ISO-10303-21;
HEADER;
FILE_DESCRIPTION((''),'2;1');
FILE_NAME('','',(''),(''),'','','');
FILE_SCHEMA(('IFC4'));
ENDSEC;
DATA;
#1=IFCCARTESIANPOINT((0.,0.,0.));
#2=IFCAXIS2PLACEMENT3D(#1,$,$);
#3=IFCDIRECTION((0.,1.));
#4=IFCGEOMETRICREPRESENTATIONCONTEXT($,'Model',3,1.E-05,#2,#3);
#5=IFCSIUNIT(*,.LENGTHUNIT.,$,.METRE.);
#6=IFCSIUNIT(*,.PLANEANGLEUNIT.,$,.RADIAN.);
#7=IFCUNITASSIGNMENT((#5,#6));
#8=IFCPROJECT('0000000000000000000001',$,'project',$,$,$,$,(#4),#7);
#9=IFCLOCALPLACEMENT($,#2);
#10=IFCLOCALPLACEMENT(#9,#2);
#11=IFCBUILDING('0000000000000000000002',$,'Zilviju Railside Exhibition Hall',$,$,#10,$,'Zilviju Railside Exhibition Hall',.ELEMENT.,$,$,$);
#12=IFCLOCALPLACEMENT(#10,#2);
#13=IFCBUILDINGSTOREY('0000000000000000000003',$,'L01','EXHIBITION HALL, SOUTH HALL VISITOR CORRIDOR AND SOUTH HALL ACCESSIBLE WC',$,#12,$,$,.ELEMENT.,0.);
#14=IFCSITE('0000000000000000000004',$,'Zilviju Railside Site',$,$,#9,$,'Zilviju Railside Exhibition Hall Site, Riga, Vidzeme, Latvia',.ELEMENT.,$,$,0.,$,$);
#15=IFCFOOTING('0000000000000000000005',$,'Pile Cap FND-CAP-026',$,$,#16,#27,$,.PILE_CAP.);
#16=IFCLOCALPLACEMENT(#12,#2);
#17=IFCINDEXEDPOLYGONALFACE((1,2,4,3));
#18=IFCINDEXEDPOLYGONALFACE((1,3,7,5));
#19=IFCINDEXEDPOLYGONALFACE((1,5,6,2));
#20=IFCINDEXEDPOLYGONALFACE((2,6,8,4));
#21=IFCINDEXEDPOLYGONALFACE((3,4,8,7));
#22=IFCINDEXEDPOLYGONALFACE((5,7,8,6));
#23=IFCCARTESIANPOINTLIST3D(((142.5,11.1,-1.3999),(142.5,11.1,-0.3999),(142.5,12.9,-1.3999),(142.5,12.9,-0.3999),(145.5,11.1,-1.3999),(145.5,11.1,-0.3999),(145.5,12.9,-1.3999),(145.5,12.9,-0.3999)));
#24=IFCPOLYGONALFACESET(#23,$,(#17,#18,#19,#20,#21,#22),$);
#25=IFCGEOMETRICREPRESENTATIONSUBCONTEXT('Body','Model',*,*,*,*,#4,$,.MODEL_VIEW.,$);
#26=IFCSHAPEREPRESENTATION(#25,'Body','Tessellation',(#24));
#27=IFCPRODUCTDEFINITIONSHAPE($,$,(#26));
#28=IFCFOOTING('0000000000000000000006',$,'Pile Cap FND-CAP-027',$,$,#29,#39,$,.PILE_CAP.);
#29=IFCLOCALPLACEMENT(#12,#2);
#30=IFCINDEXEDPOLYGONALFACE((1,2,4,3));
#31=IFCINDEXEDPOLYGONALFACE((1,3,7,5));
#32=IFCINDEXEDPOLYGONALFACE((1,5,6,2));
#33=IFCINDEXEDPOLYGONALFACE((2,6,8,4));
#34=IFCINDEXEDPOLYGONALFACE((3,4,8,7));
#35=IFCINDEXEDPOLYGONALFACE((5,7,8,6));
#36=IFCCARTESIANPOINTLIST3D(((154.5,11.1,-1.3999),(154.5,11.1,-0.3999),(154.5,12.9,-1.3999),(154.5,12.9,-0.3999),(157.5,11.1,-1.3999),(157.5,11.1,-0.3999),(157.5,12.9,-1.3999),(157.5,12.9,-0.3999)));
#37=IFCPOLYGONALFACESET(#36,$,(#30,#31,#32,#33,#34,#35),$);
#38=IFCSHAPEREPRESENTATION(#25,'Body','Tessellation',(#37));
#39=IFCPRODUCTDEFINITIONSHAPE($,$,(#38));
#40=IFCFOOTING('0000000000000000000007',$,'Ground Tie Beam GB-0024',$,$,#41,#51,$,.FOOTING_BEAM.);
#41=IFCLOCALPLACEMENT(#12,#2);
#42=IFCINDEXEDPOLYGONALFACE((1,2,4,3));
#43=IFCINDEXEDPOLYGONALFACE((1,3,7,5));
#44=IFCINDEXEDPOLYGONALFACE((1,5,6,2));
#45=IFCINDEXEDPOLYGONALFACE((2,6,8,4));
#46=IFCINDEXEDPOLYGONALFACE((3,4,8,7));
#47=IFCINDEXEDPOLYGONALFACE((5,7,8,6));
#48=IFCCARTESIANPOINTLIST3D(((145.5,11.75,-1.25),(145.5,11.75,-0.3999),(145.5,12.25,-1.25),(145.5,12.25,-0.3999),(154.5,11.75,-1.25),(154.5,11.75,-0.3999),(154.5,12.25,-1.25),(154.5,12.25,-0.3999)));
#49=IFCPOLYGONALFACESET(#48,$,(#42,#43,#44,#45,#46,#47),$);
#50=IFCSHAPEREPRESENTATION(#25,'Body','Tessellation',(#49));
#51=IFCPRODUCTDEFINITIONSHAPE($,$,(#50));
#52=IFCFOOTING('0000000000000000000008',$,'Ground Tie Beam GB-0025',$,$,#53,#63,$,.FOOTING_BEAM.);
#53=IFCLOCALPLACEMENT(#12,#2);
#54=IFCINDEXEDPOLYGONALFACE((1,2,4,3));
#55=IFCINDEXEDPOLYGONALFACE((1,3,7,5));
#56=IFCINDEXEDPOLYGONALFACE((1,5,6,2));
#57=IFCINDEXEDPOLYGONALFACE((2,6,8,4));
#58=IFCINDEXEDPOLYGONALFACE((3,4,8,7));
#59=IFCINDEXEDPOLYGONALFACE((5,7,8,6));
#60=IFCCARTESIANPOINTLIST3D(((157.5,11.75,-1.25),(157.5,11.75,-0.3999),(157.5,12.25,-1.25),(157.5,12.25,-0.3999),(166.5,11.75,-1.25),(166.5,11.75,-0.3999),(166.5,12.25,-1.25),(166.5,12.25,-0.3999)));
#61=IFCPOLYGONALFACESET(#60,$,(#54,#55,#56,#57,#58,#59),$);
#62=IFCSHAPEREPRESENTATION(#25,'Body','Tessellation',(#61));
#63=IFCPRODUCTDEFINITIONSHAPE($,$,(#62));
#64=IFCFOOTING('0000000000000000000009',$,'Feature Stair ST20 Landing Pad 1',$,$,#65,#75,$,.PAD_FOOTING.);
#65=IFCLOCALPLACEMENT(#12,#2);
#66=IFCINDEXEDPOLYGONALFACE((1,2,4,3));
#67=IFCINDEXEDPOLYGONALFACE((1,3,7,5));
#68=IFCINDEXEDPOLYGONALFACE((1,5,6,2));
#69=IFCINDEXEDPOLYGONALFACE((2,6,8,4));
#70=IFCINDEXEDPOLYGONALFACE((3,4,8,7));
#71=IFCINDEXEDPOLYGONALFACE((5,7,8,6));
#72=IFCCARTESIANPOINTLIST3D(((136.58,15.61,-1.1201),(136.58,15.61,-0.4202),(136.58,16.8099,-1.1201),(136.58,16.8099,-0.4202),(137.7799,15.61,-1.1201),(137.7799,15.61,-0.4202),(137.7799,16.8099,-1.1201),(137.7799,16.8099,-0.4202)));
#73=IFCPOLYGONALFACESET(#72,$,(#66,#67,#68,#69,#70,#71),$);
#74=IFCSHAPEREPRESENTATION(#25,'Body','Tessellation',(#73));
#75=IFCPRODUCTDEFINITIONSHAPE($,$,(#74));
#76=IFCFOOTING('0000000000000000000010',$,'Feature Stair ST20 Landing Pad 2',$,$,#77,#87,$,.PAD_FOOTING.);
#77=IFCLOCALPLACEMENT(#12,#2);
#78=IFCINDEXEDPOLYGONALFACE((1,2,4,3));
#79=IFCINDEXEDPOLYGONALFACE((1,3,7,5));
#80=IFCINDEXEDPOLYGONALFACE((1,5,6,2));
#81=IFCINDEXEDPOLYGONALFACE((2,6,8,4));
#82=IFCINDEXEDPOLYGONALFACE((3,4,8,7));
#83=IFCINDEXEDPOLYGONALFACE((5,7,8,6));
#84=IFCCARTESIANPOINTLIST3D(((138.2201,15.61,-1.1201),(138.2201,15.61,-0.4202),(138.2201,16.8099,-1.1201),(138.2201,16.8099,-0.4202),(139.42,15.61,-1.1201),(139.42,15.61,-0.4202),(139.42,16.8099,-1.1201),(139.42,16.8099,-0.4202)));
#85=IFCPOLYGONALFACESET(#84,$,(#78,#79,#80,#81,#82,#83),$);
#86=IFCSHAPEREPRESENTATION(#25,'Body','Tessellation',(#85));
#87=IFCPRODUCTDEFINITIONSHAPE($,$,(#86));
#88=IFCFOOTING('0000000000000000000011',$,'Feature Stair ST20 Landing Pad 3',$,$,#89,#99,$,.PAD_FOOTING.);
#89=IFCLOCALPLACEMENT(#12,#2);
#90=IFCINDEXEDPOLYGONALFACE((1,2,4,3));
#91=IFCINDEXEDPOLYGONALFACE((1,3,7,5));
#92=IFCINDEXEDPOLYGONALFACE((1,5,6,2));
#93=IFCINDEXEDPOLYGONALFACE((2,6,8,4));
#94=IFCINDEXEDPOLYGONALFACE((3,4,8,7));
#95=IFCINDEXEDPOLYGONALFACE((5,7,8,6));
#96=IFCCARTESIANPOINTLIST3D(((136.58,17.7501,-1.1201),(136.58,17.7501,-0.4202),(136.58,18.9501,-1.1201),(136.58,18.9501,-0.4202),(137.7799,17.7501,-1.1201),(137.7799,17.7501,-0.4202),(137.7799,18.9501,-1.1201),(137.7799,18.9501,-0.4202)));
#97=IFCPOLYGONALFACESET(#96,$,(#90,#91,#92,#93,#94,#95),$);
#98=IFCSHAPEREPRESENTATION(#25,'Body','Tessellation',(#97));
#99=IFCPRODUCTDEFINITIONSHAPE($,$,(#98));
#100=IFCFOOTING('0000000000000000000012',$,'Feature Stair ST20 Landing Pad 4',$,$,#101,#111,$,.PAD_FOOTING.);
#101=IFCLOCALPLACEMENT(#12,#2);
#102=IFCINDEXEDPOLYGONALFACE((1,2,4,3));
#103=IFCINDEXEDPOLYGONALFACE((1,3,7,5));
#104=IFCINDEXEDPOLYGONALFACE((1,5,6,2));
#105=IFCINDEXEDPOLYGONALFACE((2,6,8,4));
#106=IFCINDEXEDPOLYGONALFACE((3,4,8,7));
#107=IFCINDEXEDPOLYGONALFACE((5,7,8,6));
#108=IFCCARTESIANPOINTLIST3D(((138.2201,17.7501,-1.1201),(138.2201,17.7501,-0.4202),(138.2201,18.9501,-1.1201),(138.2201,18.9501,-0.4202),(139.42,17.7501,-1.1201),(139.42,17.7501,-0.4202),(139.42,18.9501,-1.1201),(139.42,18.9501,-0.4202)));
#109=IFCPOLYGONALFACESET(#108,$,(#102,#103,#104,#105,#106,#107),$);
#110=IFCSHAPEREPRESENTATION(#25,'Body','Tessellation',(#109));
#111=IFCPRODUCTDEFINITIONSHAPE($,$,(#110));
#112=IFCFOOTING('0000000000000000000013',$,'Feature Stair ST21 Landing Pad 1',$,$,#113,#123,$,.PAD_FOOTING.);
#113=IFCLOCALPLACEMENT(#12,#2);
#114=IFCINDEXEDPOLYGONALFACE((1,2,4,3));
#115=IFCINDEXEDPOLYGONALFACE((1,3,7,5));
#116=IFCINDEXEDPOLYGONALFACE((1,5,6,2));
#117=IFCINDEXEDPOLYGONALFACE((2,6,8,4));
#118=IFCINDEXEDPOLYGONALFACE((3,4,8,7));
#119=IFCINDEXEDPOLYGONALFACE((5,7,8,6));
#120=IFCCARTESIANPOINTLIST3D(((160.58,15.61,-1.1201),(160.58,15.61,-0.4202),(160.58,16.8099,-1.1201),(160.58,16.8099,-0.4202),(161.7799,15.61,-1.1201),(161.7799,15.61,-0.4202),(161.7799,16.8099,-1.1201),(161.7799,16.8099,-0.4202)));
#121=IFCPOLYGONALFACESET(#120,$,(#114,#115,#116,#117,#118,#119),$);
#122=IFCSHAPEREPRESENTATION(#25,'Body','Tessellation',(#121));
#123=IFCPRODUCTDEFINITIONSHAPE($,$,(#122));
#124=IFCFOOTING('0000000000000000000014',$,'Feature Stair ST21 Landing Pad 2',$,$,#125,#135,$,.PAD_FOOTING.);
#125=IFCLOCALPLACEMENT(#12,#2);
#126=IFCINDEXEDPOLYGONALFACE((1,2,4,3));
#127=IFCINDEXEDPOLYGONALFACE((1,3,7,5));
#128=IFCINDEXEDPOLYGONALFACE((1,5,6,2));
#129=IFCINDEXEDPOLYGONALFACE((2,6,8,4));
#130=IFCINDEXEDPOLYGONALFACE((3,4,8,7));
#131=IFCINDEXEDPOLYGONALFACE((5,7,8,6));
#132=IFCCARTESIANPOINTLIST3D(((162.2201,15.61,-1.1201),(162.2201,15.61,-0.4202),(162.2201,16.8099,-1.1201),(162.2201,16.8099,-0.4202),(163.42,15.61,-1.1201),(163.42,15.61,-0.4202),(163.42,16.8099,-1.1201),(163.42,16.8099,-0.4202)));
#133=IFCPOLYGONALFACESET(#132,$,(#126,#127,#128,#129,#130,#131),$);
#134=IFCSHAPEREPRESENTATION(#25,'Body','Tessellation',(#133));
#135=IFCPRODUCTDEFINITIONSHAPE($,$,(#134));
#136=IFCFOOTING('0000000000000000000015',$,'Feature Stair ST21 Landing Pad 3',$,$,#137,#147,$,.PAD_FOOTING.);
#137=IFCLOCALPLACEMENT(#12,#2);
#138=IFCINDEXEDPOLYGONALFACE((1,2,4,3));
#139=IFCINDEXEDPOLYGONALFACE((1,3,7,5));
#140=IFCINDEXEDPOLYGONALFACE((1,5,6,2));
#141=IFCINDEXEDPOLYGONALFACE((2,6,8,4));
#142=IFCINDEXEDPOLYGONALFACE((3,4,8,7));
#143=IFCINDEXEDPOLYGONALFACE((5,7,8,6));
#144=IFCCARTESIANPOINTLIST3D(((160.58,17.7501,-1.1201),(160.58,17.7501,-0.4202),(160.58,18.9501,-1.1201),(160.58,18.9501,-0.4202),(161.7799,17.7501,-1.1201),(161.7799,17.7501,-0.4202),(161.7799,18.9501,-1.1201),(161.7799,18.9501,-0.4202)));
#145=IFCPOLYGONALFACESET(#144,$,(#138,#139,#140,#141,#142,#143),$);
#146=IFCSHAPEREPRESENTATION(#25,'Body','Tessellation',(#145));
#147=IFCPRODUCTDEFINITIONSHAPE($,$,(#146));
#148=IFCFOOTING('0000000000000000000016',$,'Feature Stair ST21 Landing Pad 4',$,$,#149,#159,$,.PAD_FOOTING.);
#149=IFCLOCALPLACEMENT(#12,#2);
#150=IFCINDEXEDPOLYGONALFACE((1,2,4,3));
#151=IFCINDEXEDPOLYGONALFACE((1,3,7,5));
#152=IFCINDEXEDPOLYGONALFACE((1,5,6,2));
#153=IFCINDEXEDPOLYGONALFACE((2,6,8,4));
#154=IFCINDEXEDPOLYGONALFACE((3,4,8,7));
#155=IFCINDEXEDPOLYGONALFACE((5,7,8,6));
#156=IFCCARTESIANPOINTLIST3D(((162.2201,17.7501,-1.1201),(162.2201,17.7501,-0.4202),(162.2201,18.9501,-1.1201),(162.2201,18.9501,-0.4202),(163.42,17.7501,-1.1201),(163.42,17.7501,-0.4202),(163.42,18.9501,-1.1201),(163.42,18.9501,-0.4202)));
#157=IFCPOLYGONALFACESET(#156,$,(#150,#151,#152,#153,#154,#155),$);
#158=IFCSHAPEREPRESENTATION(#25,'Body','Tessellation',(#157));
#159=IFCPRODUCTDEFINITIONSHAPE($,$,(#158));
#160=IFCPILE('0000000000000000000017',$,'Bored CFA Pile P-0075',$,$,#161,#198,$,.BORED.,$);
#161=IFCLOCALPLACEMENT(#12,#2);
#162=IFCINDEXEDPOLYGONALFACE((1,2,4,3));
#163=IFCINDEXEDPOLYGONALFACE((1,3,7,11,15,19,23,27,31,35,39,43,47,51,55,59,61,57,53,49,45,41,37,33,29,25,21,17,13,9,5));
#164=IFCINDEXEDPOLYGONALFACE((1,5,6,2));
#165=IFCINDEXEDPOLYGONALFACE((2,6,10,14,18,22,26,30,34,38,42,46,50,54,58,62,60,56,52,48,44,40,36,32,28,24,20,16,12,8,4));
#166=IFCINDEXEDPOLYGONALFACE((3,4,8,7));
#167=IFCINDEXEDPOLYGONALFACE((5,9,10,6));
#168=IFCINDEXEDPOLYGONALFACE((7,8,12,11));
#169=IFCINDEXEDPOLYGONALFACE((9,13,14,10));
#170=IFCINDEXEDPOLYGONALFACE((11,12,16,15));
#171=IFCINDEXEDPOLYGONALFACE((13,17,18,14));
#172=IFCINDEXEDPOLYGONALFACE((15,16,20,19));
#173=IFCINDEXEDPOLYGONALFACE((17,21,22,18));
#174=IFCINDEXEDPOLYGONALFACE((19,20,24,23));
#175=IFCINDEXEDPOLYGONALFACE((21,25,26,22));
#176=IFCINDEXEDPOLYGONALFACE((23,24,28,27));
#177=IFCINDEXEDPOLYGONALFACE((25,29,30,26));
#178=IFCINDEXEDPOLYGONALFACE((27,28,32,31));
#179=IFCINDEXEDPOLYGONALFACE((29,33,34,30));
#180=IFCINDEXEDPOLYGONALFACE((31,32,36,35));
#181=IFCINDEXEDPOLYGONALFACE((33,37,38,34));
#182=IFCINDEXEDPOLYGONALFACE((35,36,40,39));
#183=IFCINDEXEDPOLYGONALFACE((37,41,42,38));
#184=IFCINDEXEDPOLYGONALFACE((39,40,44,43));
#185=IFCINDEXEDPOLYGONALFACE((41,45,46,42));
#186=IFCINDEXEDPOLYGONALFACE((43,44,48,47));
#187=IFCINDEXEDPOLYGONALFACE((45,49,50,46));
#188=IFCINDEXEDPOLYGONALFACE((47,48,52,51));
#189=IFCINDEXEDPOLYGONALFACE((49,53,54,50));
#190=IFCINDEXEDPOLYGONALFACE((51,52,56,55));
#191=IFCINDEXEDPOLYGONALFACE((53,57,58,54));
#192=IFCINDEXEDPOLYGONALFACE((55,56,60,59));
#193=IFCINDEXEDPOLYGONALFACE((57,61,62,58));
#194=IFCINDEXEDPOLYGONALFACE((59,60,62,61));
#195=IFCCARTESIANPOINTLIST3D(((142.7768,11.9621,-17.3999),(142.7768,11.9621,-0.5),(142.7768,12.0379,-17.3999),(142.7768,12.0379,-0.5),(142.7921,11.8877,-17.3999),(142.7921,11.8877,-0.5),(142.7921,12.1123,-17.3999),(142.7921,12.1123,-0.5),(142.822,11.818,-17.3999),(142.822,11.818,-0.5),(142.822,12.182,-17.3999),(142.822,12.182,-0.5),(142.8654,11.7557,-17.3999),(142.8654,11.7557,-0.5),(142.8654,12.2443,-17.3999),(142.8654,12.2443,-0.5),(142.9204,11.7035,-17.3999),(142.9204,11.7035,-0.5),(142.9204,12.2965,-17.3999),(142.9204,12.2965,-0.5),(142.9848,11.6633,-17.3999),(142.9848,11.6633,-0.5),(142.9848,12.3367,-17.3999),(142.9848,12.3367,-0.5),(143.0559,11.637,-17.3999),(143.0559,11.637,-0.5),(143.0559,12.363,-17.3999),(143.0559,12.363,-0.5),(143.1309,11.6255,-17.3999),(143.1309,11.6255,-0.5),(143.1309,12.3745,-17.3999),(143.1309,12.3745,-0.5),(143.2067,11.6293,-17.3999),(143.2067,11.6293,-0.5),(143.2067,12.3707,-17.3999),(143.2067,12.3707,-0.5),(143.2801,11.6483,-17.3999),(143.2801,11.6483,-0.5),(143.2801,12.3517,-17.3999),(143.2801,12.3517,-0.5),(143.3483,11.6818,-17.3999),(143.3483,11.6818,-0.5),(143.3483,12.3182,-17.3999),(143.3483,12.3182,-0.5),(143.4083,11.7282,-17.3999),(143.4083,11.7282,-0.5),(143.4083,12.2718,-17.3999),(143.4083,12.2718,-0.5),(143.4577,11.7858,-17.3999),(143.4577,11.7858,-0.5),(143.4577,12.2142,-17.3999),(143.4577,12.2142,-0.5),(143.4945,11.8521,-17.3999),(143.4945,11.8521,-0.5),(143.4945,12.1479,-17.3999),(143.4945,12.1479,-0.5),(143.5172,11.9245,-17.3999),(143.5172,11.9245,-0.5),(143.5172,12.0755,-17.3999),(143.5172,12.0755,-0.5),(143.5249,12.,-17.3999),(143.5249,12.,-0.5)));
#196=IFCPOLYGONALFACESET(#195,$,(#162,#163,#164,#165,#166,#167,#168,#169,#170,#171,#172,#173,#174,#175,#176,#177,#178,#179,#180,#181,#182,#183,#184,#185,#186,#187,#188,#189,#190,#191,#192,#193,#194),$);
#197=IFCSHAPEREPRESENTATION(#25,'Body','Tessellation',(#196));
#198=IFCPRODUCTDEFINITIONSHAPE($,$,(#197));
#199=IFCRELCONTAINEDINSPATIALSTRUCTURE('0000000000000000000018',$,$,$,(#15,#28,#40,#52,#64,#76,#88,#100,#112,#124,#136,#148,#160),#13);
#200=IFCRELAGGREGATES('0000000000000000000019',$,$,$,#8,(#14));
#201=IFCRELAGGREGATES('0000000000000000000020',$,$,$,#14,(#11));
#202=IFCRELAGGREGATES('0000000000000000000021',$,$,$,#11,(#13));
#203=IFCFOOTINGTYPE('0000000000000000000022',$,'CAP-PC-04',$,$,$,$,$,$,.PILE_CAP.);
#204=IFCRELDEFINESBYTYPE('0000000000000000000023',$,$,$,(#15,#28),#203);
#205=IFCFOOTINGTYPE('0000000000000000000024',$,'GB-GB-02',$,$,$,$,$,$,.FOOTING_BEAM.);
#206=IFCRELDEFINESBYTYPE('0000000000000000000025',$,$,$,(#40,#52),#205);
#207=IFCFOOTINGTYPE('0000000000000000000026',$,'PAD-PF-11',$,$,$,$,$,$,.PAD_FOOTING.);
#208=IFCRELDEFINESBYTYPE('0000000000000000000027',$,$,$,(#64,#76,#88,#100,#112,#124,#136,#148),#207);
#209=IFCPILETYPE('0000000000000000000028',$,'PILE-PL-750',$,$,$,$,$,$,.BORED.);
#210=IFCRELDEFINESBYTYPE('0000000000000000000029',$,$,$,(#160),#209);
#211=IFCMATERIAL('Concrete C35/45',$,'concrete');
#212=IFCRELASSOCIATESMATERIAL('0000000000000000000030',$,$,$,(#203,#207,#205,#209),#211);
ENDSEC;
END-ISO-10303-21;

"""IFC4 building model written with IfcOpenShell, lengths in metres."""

from ifc_helpers import new_model, si_unit, direction, frame, origin, origin_2d, place, context, subcontext, project, spatial, rectangle, circle, extrude, material, material_profile, profile_set, type_object, element, save


model = new_model("IFC4")

# Units and contexts
model_context = context("Model", 3, precision=1e-05, world=origin(), true_north=direction((0.0, 1.0)))
body_context = subcontext(model_context, "Body", "Model", "MODEL_VIEW")
ifc_project = project(units=[si_unit("LENGTHUNIT", "METRE"), si_unit("PLANEANGLEUNIT", "RADIAN")], contexts=[model_context])

# Site, building, storey
site_placement = place(None, origin())
site = spatial("IfcSite", under=ifc_project, at=site_placement, Name="Zilviju Railside Site", LongName="Zilviju Railside Exhibition Hall Site, Riga, Vidzeme, Latvia", CompositionType="ELEMENT", RefElevation=0.0)
building_placement = place(site_placement, origin())
building = spatial("IfcBuilding", under=site, at=building_placement, Name="Zilviju Railside Exhibition Hall", LongName="Zilviju Railside Exhibition Hall", CompositionType="ELEMENT")
storey_placement = place(building_placement, origin())
storey = spatial("IfcBuildingStorey", under=building, at=storey_placement, Name="L01", Description="EXHIBITION HALL, SOUTH HALL VISITOR CORRIDOR AND SOUTH HALL ACCESSIBLE WC", CompositionType="ELEMENT", Elevation=0.0)

# Footings
ifc_material_1 = material(Name="Concrete C35/45", Category="concrete")
footing_type_1 = type_object("IfcFootingType", Name="CAP-PC-04", PredefinedType="PILE_CAP", material=ifc_material_1)
for number, where, z_axis, x_axis, name in (
    (1, (144.0, 12.0, -1.3999), (0.0, 0.0, 1.0), (1.0, 0.0, 0.0), "Pile Cap FND-CAP-026"),
    (2, (156.0, 12.0, -1.3999), (0.0, 0.0, 1.0), (1.0, 0.0, 0.0), "Pile Cap FND-CAP-027"),
):
    element("IfcFooting", number, at=place(storey_placement, frame(where, z_axis=z_axis, x_axis=x_axis)), inside=storey, type_object=footing_type_1, Name=name, PredefinedType="PILE_CAP", context=body_context, shape_type="SweptSolid", body=[
        extrude(rectangle(XDim=3.0, YDim=1.8, at=origin_2d()), origin(), (0.0, 0.0, 1.0), 1.0),
    ])
ifc_material_profile_1 = material_profile(ifc_material_1, rectangle(XDim=0.5, YDim=0.8501, at=origin_2d()), Name="TIE BEAM 500x850")
ifc_profile_set_1 = profile_set([ifc_material_profile_1], Name="Concrete C35/45")
footing_type_2 = type_object("IfcFootingType", Name="GB-GB-02", PredefinedType="FOOTING_BEAM", material=ifc_profile_set_1)
for number, where, z_axis, x_axis, name in (
    (3, (145.5, 12.0, -0.825), (1.0, 0.0, 0.0), (0.0, 1.0, 0.0), "Ground Tie Beam GB-0024"),
    (4, (157.5, 12.0, -0.825), (1.0, 0.0, 0.0), (0.0, 1.0, 0.0), "Ground Tie Beam GB-0025"),
):
    element("IfcFooting", number, at=place(storey_placement, frame(where, z_axis=z_axis, x_axis=x_axis)), inside=storey, type_object=footing_type_2, Name=name, PredefinedType="FOOTING_BEAM", context=body_context, shape_type="SweptSolid", body=[
        extrude(rectangle(XDim=0.5, YDim=0.8501, at=origin_2d()), origin(), (0.0, 0.0, 1.0), 9.0),
    ])
footing_type_3 = type_object("IfcFootingType", Name="PAD-PF-11", PredefinedType="PAD_FOOTING", material=ifc_material_1)
for number, where, z_axis, x_axis, name in (
    (5, (137.1799, 16.21, -1.1201), (0.0, 0.0, 1.0), (1.0, 0.0, 0.0), "Feature Stair ST20 Landing Pad 1"),
    (6, (138.8201, 16.21, -1.1201), (0.0, 0.0, 1.0), (1.0, 0.0, 0.0), "Feature Stair ST20 Landing Pad 2"),
    (7, (137.1799, 18.3501, -1.1201), (0.0, 0.0, 1.0), (1.0, 0.0, 0.0), "Feature Stair ST20 Landing Pad 3"),
    (8, (138.8201, 18.3501, -1.1201), (0.0, 0.0, 1.0), (1.0, 0.0, 0.0), "Feature Stair ST20 Landing Pad 4"),
    (9, (161.1799, 16.21, -1.1201), (0.0, 0.0, 1.0), (1.0, 0.0, 0.0), "Feature Stair ST21 Landing Pad 1"),
    (10, (162.8201, 16.21, -1.1201), (0.0, 0.0, 1.0), (1.0, 0.0, 0.0), "Feature Stair ST21 Landing Pad 2"),
    (11, (161.1799, 18.3501, -1.1201), (0.0, 0.0, 1.0), (1.0, 0.0, 0.0), "Feature Stair ST21 Landing Pad 3"),
    (12, (162.8201, 18.3501, -1.1201), (0.0, 0.0, 1.0), (1.0, 0.0, 0.0), "Feature Stair ST21 Landing Pad 4"),
):
    element("IfcFooting", number, at=place(storey_placement, frame(where, z_axis=z_axis, x_axis=x_axis)), inside=storey, type_object=footing_type_3, Name=name, PredefinedType="PAD_FOOTING", context=body_context, shape_type="SweptSolid", body=[
        extrude(rectangle(XDim=1.2, YDim=1.2, at=origin_2d()), origin(), (0.0, 0.0, 1.0), 0.7),
    ])

# Pile
ifc_material_profile_2 = material_profile(ifc_material_1, circle(Radius=0.375, at=origin_2d()), Name="CFA PILE D750")
ifc_profile_set_2 = profile_set([ifc_material_profile_2], Name="Concrete C35/45")
pile_type_1 = type_object("IfcPileType", Name="PILE-PL-750", PredefinedType="BORED", material=ifc_profile_set_2)
for number, where, z_axis, x_axis, name in (
    (13, (143.1499, 12.0, -0.5), (0.0, 0.0, -1.0), (1.0, 0.0, 0.0), "Bored CFA Pile P-0075"),
):
    element("IfcPile", number, at=place(storey_placement, frame(where, z_axis=z_axis, x_axis=x_axis)), inside=storey, type_object=pile_type_1, Name=name, PredefinedType="BORED", context=body_context, shape_type="SweptSolid", body=[
        extrude(circle(Radius=0.375, at=origin_2d()), origin(), (0.0, 0.0, 1.0), 16.8999),
    ])

save(model, "model.ifc")
